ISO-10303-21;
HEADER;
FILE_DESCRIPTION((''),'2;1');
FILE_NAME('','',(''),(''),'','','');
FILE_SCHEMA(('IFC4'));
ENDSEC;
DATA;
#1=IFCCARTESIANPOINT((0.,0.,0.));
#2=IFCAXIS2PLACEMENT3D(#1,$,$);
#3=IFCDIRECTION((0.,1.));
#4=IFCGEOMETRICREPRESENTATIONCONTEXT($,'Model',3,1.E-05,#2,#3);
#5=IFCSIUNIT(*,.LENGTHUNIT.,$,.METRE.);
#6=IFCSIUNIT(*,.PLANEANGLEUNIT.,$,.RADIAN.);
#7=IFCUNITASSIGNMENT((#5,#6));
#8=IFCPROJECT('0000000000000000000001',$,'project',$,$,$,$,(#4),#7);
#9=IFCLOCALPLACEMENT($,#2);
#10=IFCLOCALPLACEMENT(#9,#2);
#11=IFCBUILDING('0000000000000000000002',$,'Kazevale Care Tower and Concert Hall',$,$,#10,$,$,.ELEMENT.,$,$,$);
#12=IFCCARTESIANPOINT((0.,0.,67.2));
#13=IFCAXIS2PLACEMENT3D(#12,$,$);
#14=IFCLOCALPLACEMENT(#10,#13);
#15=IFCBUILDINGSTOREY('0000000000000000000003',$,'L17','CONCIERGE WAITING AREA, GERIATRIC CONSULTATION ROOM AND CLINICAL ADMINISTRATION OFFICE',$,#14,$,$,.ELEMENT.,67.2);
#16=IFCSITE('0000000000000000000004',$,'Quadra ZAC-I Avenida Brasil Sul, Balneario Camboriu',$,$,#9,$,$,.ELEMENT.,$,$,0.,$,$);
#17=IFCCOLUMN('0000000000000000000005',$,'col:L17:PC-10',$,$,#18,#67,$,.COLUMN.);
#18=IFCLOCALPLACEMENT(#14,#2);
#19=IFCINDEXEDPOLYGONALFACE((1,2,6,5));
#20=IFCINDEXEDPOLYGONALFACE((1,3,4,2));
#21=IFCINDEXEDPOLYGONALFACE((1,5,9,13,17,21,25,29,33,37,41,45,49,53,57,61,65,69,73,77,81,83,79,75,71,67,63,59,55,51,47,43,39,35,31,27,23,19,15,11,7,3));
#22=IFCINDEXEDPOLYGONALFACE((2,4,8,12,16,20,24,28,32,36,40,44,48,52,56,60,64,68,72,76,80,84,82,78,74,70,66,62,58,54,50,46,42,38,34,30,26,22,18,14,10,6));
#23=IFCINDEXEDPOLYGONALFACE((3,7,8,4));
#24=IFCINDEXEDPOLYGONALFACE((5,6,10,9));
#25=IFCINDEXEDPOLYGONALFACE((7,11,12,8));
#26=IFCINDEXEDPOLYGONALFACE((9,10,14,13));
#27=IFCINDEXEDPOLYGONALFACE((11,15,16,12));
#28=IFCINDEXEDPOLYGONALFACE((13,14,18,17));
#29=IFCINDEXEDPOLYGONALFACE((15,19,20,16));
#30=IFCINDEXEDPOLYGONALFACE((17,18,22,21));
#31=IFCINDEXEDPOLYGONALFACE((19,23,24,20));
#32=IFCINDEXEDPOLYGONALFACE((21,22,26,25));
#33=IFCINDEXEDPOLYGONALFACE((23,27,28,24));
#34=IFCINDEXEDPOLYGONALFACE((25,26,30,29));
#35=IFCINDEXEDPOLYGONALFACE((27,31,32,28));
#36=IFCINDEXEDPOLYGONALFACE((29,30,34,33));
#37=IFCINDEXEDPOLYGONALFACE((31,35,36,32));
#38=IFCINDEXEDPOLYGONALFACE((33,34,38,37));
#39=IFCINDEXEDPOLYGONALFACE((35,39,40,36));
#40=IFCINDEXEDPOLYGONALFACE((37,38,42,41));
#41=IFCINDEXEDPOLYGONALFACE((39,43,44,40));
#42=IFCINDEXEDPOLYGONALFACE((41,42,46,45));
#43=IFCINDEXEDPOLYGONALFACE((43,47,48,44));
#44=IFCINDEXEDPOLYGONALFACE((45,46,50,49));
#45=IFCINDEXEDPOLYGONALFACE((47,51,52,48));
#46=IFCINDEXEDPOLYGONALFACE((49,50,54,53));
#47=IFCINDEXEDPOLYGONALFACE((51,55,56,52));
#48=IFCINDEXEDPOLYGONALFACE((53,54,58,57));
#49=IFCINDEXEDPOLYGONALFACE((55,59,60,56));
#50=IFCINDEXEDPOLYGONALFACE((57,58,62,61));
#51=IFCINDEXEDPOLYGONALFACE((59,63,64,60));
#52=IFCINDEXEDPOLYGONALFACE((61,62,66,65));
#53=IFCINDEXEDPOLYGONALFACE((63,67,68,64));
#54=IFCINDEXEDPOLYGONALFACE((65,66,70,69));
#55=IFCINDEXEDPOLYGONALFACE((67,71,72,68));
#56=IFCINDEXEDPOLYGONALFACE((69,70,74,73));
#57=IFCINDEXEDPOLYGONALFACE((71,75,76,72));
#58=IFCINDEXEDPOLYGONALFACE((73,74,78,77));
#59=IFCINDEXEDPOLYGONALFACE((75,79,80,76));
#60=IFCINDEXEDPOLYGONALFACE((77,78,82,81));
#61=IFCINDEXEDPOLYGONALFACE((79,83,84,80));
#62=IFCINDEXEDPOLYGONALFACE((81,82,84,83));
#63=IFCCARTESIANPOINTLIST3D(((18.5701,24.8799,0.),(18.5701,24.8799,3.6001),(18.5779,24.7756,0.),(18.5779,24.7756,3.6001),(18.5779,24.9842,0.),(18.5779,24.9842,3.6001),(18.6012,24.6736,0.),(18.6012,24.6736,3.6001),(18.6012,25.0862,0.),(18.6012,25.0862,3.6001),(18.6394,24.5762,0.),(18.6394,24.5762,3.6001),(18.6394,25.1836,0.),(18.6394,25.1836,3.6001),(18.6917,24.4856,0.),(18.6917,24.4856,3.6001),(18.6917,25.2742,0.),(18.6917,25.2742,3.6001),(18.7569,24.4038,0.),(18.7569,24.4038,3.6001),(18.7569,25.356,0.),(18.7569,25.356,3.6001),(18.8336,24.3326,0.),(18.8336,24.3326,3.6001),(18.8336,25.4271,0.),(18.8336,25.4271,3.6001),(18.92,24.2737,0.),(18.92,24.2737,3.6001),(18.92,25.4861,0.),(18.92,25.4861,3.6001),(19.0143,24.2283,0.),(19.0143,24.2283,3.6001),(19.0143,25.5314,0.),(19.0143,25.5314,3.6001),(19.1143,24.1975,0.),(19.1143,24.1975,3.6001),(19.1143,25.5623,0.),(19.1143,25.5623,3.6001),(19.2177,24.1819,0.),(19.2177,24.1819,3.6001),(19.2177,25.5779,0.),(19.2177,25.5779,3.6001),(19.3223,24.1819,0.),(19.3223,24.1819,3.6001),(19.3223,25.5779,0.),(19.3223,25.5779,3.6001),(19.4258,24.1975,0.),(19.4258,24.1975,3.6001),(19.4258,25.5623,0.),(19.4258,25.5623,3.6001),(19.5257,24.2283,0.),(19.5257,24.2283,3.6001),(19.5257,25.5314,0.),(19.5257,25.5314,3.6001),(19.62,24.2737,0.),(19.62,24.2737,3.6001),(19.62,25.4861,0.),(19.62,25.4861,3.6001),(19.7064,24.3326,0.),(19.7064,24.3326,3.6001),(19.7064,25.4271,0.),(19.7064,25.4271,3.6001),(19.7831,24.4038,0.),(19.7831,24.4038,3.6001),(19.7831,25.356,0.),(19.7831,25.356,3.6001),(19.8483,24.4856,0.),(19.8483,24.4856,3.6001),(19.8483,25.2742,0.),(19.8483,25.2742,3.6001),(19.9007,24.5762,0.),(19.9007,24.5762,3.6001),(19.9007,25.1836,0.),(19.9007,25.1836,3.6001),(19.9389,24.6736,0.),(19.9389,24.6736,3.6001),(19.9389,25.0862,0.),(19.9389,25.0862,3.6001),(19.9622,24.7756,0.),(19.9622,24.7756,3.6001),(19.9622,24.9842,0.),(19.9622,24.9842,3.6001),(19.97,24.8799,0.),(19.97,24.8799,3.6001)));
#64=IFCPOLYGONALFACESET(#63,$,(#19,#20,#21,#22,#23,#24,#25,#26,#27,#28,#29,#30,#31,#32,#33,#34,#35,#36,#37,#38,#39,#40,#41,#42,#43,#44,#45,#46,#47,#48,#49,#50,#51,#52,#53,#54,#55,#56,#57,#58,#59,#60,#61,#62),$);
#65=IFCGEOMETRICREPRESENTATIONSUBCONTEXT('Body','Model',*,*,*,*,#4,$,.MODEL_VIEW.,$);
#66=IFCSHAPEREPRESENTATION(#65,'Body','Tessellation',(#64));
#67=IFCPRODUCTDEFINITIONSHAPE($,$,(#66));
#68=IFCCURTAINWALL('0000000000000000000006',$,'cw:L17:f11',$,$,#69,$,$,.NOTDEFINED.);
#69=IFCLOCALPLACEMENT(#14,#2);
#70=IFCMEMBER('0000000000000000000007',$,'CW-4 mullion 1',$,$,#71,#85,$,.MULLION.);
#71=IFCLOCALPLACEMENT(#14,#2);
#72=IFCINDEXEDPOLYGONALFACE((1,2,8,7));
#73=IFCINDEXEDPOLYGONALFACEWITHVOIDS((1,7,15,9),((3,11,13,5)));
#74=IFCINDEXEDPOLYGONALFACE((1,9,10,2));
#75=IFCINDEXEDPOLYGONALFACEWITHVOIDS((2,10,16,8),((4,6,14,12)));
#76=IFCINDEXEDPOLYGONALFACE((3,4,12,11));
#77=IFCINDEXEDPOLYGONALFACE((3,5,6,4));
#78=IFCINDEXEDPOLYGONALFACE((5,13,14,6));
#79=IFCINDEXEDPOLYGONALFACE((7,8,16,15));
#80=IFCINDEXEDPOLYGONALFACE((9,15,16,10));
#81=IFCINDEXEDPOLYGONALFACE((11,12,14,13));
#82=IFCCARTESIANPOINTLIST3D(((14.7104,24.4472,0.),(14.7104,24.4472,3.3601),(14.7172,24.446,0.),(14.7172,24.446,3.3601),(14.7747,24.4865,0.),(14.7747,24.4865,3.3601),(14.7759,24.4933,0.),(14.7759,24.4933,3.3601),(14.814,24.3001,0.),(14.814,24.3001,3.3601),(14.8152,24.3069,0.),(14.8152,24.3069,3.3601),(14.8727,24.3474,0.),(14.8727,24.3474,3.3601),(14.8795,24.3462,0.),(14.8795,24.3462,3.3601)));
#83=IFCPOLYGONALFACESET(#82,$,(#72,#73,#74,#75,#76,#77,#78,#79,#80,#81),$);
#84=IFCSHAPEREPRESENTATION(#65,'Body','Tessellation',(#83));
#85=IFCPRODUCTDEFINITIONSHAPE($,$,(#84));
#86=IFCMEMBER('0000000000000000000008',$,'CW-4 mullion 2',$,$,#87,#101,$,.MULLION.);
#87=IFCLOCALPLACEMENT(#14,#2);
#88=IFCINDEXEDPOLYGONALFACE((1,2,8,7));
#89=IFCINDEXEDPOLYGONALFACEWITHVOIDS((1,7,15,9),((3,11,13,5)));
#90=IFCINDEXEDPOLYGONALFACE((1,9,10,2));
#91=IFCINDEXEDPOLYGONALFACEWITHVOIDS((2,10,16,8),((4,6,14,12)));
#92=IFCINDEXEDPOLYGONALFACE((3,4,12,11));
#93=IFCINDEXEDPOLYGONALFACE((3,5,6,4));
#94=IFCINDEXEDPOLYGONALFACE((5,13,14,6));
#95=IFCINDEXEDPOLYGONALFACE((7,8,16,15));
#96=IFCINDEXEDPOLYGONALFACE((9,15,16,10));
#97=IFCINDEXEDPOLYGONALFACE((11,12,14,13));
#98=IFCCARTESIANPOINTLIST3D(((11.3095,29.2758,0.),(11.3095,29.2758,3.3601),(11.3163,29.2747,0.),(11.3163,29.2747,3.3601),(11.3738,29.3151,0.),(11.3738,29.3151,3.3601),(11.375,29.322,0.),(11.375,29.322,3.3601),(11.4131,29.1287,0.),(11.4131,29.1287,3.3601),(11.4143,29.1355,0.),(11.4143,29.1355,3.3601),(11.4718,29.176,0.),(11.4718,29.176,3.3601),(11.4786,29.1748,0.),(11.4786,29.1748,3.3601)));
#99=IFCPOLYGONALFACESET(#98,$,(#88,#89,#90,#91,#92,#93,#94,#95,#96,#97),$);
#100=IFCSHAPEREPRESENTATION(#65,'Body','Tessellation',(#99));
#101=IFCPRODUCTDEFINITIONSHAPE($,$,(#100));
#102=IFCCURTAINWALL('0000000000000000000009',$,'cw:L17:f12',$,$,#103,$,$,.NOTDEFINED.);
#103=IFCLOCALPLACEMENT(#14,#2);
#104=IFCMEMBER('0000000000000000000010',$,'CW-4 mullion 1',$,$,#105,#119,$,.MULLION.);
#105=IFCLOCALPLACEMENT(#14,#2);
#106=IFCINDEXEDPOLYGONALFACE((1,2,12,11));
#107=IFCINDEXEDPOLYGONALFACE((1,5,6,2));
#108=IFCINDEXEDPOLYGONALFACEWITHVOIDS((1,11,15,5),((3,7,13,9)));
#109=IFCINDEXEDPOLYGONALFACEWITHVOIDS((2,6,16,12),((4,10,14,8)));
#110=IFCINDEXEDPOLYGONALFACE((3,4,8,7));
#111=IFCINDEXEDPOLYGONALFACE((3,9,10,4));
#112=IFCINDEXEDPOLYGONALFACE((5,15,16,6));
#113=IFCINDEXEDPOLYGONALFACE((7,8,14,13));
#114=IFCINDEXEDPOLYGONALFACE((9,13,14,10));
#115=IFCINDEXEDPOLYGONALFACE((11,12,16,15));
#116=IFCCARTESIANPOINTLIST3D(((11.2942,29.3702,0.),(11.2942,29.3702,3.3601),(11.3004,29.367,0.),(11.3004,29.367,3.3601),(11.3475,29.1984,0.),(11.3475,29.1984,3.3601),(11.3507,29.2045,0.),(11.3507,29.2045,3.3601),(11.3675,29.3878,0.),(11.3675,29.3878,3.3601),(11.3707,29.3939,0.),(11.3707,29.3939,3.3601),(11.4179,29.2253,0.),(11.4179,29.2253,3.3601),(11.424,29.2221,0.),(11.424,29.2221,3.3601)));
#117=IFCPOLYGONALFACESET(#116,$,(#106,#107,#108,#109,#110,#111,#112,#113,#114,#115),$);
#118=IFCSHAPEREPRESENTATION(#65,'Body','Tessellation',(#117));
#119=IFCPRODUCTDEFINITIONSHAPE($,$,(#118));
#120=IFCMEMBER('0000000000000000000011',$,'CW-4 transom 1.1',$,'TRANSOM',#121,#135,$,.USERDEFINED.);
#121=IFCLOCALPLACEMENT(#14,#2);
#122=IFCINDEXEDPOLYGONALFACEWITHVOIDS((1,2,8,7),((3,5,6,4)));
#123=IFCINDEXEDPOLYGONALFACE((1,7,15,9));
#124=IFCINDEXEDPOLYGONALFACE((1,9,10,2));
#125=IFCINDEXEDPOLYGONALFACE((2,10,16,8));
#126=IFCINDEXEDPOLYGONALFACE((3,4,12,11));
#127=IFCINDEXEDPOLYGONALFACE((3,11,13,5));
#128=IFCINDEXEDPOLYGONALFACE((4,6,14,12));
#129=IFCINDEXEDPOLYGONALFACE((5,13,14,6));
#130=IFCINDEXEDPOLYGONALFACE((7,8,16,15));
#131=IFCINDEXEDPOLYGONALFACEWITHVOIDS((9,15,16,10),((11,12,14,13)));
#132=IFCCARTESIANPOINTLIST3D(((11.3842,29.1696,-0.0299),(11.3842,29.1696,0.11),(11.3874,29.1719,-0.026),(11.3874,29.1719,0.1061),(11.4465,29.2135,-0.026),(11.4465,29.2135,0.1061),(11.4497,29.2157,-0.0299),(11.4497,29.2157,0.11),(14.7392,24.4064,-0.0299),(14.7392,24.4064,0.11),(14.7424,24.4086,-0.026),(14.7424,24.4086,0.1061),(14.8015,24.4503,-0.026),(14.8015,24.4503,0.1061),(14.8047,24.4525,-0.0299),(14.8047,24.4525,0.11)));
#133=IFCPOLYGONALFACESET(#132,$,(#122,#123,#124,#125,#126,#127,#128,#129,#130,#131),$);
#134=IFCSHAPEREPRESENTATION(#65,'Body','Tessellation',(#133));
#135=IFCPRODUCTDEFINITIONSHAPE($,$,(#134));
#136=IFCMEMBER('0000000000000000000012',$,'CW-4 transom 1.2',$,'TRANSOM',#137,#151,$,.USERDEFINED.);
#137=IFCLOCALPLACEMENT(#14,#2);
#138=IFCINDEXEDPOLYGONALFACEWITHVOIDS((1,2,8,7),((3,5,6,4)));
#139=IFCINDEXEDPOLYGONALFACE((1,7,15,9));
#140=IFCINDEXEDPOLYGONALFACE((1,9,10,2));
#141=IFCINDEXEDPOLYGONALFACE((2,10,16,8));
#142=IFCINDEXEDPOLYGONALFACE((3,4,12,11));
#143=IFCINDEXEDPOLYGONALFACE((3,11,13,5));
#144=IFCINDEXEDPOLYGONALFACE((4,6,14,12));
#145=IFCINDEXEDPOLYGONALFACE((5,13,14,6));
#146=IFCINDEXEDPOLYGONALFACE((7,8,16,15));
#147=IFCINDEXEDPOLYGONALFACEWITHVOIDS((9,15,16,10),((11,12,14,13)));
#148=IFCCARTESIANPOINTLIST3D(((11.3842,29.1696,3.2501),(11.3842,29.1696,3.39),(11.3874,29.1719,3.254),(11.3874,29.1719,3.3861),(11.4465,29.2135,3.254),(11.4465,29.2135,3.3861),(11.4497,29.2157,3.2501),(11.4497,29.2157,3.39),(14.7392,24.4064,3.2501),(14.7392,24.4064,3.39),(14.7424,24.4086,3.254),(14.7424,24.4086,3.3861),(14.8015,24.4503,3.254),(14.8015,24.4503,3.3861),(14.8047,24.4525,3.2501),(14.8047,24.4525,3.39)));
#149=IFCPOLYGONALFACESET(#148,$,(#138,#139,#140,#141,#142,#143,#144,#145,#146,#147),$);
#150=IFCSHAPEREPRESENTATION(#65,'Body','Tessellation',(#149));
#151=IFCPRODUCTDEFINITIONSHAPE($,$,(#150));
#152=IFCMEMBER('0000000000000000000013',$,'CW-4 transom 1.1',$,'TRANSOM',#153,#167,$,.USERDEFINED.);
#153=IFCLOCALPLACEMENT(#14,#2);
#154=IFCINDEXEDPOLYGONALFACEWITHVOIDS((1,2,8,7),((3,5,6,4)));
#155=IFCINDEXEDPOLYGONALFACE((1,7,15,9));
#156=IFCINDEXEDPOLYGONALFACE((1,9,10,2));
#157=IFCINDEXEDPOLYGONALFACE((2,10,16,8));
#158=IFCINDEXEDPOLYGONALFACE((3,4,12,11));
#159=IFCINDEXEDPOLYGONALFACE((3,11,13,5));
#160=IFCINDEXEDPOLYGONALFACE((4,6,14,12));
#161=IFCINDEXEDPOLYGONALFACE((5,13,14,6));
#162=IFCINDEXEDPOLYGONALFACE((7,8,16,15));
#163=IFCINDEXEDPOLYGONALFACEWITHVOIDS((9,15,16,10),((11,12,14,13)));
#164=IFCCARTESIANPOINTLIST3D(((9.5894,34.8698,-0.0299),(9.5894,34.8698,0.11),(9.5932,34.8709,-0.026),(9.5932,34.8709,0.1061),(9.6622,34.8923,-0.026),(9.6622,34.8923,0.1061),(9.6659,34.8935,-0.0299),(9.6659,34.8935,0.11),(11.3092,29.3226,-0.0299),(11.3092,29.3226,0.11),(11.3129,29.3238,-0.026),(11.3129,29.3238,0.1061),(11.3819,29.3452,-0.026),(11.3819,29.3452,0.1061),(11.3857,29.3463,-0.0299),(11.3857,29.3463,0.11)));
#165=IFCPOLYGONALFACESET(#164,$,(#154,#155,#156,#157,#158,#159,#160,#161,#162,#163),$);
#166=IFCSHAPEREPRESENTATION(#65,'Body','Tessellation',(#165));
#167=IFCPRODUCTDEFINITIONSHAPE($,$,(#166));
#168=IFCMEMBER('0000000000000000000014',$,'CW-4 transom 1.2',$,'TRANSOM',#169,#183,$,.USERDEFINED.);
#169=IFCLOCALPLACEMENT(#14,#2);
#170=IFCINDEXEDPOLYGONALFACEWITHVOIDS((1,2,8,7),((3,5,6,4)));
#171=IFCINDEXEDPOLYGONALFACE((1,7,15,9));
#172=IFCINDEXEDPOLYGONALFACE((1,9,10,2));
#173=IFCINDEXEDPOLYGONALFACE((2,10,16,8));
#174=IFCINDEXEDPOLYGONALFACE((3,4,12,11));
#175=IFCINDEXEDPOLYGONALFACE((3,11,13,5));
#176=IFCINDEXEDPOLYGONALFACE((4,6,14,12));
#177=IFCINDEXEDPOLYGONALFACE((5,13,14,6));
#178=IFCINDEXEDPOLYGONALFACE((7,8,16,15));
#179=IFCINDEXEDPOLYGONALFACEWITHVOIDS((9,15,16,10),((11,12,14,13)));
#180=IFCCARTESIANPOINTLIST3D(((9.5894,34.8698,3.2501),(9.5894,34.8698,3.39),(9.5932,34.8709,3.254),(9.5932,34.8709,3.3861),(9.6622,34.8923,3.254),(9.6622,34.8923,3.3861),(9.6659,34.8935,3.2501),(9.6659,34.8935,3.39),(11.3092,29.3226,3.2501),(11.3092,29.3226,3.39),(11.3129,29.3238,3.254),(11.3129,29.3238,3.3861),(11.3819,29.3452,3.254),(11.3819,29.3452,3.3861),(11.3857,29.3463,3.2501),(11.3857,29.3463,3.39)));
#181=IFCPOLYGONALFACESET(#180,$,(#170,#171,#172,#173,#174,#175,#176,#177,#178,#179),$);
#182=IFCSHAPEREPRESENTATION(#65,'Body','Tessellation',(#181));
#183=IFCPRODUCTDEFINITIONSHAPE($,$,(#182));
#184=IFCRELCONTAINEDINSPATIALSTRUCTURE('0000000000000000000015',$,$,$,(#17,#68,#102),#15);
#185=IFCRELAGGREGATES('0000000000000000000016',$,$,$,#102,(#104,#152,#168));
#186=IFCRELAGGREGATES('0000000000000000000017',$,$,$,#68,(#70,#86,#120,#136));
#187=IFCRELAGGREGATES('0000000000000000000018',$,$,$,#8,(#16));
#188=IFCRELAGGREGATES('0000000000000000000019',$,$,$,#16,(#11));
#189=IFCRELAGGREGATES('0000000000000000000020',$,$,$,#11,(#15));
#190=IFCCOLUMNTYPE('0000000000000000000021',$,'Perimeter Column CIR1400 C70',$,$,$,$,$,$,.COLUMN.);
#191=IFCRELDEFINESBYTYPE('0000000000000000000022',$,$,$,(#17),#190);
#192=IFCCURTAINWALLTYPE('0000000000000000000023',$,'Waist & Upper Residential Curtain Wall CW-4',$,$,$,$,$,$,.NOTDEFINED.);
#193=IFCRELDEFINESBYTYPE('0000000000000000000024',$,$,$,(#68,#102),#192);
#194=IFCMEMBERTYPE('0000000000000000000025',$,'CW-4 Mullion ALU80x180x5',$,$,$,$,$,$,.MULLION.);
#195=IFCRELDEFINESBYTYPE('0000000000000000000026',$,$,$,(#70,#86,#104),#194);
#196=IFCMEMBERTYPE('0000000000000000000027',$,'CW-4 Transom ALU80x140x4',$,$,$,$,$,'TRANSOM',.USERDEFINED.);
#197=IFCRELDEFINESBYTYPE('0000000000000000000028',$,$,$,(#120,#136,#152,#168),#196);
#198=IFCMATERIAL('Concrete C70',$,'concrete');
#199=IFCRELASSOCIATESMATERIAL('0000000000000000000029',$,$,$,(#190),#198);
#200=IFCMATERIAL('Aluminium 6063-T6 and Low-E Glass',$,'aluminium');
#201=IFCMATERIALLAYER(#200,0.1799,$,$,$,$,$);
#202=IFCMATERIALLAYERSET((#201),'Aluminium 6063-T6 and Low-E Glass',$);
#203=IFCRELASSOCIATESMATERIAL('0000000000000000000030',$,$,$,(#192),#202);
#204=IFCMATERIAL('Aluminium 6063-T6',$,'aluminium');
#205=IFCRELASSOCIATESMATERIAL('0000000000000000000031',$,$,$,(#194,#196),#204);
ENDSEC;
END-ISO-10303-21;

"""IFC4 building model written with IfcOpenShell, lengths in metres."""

from ifc_helpers import new_model, si_unit, direction, frame, origin, origin_2d, place, context, subcontext, project, spatial, hollow_rectangle, circle, extrude, material, layer, layer_set, material_profile, profile_set, type_object, element, aggregate, save


model = new_model("IFC4")

# Units and contexts
model_context = context("Model", 3, precision=1e-05, world=origin(), true_north=direction((0.0, 1.0)))
body_context = subcontext(model_context, "Body", "Model", "MODEL_VIEW")
ifc_project = project(units=[si_unit("LENGTHUNIT", "METRE"), si_unit("PLANEANGLEUNIT", "RADIAN")], contexts=[model_context])

# Site, building, storey
site_placement = place(None, origin())
site = spatial("IfcSite", under=ifc_project, at=site_placement, Name="Quadra ZAC-I Avenida Brasil Sul, Balneario Camboriu", CompositionType="ELEMENT", RefElevation=0.0)
building_placement = place(site_placement, origin())
building = spatial("IfcBuilding", under=site, at=building_placement, Name="Kazevale Care Tower and Concert Hall", CompositionType="ELEMENT")
storey_placement = place(building_placement, frame((0.0, 0.0, 67.2)))
storey = spatial("IfcBuildingStorey", under=building, at=storey_placement, Name="L17", Description="CONCIERGE WAITING AREA, GERIATRIC CONSULTATION ROOM AND CLINICAL ADMINISTRATION OFFICE", CompositionType="ELEMENT", Elevation=67.2)

# Column
ifc_material_1 = material(Name="Concrete C70", Category="concrete")
ifc_material_profile_1 = material_profile(ifc_material_1, circle(Radius=0.7, at=origin_2d()), Name="RC-CIR1400")
ifc_profile_set_1 = profile_set([ifc_material_profile_1], Name="Concrete C70")
column_type = type_object("IfcColumnType", Name="Perimeter Column CIR1400 C70", PredefinedType="COLUMN", material=ifc_profile_set_1)
column_placement = place(storey_placement, frame((19.27, 24.8799, 0.0), z_axis=(0.0, 0.0, 1.0), x_axis=(1.0, 0.0, 0.0)))
element("IfcColumn", 1, at=column_placement, inside=storey, type_object=column_type, Name="col:L17:PC-10", PredefinedType="COLUMN", context=body_context, shape_type="SweptSolid", body=[
    extrude(circle(Radius=0.7, at=origin_2d()), origin(), (0.0, 0.0, 1.0), 3.6001),
])

# Curtain wall, members
ifc_material_2 = material(Name="Aluminium 6063-T6 and Low-E Glass", Category="aluminium")
ifc_layer_1 = layer(ifc_material_2, 0.1799)
ifc_layer_set_1 = layer_set([ifc_layer_1], Name="Aluminium 6063-T6 and Low-E Glass")
curtain_wall_type_1 = type_object("IfcCurtainWallType", Name="Waist & Upper Residential Curtain Wall CW-4", PredefinedType="NOTDEFINED", material=ifc_layer_set_1)
curtain_wall_1_placement = place(storey_placement, origin())
curtain_wall_1 = element("IfcCurtainWall", 2, at=curtain_wall_1_placement, inside=storey, type_object=curtain_wall_type_1, Name="cw:L17:f11", PredefinedType="NOTDEFINED")
ifc_material_3 = material(Name="Aluminium 6063-T6", Category="aluminium")
ifc_material_profile_2 = material_profile(ifc_material_3, hollow_rectangle(XDim=0.0801, YDim=0.1799, WallThickness=0.0049, at=origin_2d()), Name="ALU80x180x5")
ifc_profile_set_2 = profile_set([ifc_material_profile_2], Name="Aluminium 6063-T6")
member_type_1 = type_object("IfcMemberType", Name="CW-4 Mullion ALU80x180x5", PredefinedType="MULLION", material=ifc_profile_set_2)
member_1_placement = place(storey_placement, frame((14.7949, 24.3967, 0.0), z_axis=(0.0, 0.0, 1.0), x_axis=(-0.817565, -0.575837, 0.0)))
member_1 = element("IfcMember", 3, at=member_1_placement, type_object=member_type_1, Name="CW-4 mullion 1", PredefinedType="MULLION", context=body_context, shape_type="SweptSolid", body=[
    extrude(hollow_rectangle(XDim=0.0801, YDim=0.1799, WallThickness=0.0049, at=origin_2d()), origin(), (0.0, 0.0, 1.0), 3.3601),
])
member_2_placement = place(storey_placement, frame((11.394, 29.2253, 0.0), z_axis=(0.0, 0.0, 1.0), x_axis=(-0.817565, -0.575837, 0.0)))
member_2 = element("IfcMember", 4, at=member_2_placement, type_object=member_type_1, Name="CW-4 mullion 2", PredefinedType="MULLION", context=body_context, shape_type="SweptSolid", body=[
    extrude(hollow_rectangle(XDim=0.0801, YDim=0.1799, WallThickness=0.0049, at=origin_2d()), origin(), (0.0, 0.0, 1.0), 3.3601),
])

# Curtain wall, member
curtain_wall_2_placement = place(storey_placement, origin())
curtain_wall_2 = element("IfcCurtainWall", 5, at=curtain_wall_2_placement, inside=storey, type_object=curtain_wall_type_1, Name="cw:L17:f12", PredefinedType="NOTDEFINED")
member_3_placement = place(storey_placement, frame((11.3591, 29.2961, 0.0), z_axis=(0.0, 0.0, 1.0), x_axis=(-0.955157, -0.296099, 0.0)))
member_3 = element("IfcMember", 6, at=member_3_placement, type_object=member_type_1, Name="CW-4 mullion 1", PredefinedType="MULLION", context=body_context, shape_type="SweptSolid", body=[
    extrude(hollow_rectangle(XDim=0.0801, YDim=0.1799, WallThickness=0.0049, at=origin_2d()), origin(), (0.0, 0.0, 1.0), 3.3601),
])

# Members
ifc_material_profile_3 = material_profile(ifc_material_3, hollow_rectangle(XDim=0.0801, YDim=0.1399, WallThickness=0.0039, at=origin_2d()), Name="ALU80x140x4")
ifc_profile_set_3 = profile_set([ifc_material_profile_3], Name="Aluminium 6063-T6")
member_type_2 = type_object("IfcMemberType", Name="CW-4 Transom ALU80x140x4", ElementType="TRANSOM", PredefinedType="USERDEFINED", material=ifc_profile_set_3)
member_4_placement = place(storey_placement, frame((14.772, 24.4294, 0.04), z_axis=(-0.57585, 0.817555, 0.0), x_axis=(-0.817555, -0.57585, 0.0)))
member_4 = element("IfcMember", 7, at=member_4_placement, type_object=member_type_2, Name="CW-4 transom 1.1", ObjectType="TRANSOM", PredefinedType="USERDEFINED", context=body_context, shape_type="SweptSolid", body=[
    extrude(hollow_rectangle(XDim=0.0801, YDim=0.1399, WallThickness=0.0039, at=origin_2d()), origin(), (0.0, 0.0, 1.0), 5.8262),
])
member_5_placement = place(storey_placement, frame((14.772, 24.4294, 3.3201), z_axis=(-0.57585, 0.817555, 0.0), x_axis=(-0.817555, -0.57585, 0.0)))
member_5 = element("IfcMember", 8, at=member_5_placement, type_object=member_type_2, Name="CW-4 transom 1.2", ObjectType="TRANSOM", PredefinedType="USERDEFINED", context=body_context, shape_type="SweptSolid", body=[
    extrude(hollow_rectangle(XDim=0.0801, YDim=0.1399, WallThickness=0.0039, at=origin_2d()), origin(), (0.0, 0.0, 1.0), 5.8262),
])
member_6_placement = place(storey_placement, frame((11.3474, 29.3345, 0.04), z_axis=(-0.296118, 0.955152, 0.0), x_axis=(-0.955152, -0.296118, 0.0)))
member_6 = element("IfcMember", 9, at=member_6_placement, type_object=member_type_2, Name="CW-4 transom 1.1", ObjectType="TRANSOM", PredefinedType="USERDEFINED", context=body_context, shape_type="SweptSolid", body=[
    extrude(hollow_rectangle(XDim=0.0801, YDim=0.1399, WallThickness=0.0039, at=origin_2d()), origin(), (0.0, 0.0, 1.0), 5.8076),
])
member_7_placement = place(storey_placement, frame((11.3474, 29.3345, 3.3201), z_axis=(-0.296118, 0.955152, 0.0), x_axis=(-0.955152, -0.296118, 0.0)))
member_7 = element("IfcMember", 10, at=member_7_placement, type_object=member_type_2, Name="CW-4 transom 1.2", ObjectType="TRANSOM", PredefinedType="USERDEFINED", context=body_context, shape_type="SweptSolid", body=[
    extrude(hollow_rectangle(XDim=0.0801, YDim=0.1399, WallThickness=0.0039, at=origin_2d()), origin(), (0.0, 0.0, 1.0), 5.8076),
])
aggregate(curtain_wall_2, [member_3, member_6, member_7])

aggregate(curtain_wall_1, [member_1, member_2, member_4, member_5])

save(model, "model.ifc")
